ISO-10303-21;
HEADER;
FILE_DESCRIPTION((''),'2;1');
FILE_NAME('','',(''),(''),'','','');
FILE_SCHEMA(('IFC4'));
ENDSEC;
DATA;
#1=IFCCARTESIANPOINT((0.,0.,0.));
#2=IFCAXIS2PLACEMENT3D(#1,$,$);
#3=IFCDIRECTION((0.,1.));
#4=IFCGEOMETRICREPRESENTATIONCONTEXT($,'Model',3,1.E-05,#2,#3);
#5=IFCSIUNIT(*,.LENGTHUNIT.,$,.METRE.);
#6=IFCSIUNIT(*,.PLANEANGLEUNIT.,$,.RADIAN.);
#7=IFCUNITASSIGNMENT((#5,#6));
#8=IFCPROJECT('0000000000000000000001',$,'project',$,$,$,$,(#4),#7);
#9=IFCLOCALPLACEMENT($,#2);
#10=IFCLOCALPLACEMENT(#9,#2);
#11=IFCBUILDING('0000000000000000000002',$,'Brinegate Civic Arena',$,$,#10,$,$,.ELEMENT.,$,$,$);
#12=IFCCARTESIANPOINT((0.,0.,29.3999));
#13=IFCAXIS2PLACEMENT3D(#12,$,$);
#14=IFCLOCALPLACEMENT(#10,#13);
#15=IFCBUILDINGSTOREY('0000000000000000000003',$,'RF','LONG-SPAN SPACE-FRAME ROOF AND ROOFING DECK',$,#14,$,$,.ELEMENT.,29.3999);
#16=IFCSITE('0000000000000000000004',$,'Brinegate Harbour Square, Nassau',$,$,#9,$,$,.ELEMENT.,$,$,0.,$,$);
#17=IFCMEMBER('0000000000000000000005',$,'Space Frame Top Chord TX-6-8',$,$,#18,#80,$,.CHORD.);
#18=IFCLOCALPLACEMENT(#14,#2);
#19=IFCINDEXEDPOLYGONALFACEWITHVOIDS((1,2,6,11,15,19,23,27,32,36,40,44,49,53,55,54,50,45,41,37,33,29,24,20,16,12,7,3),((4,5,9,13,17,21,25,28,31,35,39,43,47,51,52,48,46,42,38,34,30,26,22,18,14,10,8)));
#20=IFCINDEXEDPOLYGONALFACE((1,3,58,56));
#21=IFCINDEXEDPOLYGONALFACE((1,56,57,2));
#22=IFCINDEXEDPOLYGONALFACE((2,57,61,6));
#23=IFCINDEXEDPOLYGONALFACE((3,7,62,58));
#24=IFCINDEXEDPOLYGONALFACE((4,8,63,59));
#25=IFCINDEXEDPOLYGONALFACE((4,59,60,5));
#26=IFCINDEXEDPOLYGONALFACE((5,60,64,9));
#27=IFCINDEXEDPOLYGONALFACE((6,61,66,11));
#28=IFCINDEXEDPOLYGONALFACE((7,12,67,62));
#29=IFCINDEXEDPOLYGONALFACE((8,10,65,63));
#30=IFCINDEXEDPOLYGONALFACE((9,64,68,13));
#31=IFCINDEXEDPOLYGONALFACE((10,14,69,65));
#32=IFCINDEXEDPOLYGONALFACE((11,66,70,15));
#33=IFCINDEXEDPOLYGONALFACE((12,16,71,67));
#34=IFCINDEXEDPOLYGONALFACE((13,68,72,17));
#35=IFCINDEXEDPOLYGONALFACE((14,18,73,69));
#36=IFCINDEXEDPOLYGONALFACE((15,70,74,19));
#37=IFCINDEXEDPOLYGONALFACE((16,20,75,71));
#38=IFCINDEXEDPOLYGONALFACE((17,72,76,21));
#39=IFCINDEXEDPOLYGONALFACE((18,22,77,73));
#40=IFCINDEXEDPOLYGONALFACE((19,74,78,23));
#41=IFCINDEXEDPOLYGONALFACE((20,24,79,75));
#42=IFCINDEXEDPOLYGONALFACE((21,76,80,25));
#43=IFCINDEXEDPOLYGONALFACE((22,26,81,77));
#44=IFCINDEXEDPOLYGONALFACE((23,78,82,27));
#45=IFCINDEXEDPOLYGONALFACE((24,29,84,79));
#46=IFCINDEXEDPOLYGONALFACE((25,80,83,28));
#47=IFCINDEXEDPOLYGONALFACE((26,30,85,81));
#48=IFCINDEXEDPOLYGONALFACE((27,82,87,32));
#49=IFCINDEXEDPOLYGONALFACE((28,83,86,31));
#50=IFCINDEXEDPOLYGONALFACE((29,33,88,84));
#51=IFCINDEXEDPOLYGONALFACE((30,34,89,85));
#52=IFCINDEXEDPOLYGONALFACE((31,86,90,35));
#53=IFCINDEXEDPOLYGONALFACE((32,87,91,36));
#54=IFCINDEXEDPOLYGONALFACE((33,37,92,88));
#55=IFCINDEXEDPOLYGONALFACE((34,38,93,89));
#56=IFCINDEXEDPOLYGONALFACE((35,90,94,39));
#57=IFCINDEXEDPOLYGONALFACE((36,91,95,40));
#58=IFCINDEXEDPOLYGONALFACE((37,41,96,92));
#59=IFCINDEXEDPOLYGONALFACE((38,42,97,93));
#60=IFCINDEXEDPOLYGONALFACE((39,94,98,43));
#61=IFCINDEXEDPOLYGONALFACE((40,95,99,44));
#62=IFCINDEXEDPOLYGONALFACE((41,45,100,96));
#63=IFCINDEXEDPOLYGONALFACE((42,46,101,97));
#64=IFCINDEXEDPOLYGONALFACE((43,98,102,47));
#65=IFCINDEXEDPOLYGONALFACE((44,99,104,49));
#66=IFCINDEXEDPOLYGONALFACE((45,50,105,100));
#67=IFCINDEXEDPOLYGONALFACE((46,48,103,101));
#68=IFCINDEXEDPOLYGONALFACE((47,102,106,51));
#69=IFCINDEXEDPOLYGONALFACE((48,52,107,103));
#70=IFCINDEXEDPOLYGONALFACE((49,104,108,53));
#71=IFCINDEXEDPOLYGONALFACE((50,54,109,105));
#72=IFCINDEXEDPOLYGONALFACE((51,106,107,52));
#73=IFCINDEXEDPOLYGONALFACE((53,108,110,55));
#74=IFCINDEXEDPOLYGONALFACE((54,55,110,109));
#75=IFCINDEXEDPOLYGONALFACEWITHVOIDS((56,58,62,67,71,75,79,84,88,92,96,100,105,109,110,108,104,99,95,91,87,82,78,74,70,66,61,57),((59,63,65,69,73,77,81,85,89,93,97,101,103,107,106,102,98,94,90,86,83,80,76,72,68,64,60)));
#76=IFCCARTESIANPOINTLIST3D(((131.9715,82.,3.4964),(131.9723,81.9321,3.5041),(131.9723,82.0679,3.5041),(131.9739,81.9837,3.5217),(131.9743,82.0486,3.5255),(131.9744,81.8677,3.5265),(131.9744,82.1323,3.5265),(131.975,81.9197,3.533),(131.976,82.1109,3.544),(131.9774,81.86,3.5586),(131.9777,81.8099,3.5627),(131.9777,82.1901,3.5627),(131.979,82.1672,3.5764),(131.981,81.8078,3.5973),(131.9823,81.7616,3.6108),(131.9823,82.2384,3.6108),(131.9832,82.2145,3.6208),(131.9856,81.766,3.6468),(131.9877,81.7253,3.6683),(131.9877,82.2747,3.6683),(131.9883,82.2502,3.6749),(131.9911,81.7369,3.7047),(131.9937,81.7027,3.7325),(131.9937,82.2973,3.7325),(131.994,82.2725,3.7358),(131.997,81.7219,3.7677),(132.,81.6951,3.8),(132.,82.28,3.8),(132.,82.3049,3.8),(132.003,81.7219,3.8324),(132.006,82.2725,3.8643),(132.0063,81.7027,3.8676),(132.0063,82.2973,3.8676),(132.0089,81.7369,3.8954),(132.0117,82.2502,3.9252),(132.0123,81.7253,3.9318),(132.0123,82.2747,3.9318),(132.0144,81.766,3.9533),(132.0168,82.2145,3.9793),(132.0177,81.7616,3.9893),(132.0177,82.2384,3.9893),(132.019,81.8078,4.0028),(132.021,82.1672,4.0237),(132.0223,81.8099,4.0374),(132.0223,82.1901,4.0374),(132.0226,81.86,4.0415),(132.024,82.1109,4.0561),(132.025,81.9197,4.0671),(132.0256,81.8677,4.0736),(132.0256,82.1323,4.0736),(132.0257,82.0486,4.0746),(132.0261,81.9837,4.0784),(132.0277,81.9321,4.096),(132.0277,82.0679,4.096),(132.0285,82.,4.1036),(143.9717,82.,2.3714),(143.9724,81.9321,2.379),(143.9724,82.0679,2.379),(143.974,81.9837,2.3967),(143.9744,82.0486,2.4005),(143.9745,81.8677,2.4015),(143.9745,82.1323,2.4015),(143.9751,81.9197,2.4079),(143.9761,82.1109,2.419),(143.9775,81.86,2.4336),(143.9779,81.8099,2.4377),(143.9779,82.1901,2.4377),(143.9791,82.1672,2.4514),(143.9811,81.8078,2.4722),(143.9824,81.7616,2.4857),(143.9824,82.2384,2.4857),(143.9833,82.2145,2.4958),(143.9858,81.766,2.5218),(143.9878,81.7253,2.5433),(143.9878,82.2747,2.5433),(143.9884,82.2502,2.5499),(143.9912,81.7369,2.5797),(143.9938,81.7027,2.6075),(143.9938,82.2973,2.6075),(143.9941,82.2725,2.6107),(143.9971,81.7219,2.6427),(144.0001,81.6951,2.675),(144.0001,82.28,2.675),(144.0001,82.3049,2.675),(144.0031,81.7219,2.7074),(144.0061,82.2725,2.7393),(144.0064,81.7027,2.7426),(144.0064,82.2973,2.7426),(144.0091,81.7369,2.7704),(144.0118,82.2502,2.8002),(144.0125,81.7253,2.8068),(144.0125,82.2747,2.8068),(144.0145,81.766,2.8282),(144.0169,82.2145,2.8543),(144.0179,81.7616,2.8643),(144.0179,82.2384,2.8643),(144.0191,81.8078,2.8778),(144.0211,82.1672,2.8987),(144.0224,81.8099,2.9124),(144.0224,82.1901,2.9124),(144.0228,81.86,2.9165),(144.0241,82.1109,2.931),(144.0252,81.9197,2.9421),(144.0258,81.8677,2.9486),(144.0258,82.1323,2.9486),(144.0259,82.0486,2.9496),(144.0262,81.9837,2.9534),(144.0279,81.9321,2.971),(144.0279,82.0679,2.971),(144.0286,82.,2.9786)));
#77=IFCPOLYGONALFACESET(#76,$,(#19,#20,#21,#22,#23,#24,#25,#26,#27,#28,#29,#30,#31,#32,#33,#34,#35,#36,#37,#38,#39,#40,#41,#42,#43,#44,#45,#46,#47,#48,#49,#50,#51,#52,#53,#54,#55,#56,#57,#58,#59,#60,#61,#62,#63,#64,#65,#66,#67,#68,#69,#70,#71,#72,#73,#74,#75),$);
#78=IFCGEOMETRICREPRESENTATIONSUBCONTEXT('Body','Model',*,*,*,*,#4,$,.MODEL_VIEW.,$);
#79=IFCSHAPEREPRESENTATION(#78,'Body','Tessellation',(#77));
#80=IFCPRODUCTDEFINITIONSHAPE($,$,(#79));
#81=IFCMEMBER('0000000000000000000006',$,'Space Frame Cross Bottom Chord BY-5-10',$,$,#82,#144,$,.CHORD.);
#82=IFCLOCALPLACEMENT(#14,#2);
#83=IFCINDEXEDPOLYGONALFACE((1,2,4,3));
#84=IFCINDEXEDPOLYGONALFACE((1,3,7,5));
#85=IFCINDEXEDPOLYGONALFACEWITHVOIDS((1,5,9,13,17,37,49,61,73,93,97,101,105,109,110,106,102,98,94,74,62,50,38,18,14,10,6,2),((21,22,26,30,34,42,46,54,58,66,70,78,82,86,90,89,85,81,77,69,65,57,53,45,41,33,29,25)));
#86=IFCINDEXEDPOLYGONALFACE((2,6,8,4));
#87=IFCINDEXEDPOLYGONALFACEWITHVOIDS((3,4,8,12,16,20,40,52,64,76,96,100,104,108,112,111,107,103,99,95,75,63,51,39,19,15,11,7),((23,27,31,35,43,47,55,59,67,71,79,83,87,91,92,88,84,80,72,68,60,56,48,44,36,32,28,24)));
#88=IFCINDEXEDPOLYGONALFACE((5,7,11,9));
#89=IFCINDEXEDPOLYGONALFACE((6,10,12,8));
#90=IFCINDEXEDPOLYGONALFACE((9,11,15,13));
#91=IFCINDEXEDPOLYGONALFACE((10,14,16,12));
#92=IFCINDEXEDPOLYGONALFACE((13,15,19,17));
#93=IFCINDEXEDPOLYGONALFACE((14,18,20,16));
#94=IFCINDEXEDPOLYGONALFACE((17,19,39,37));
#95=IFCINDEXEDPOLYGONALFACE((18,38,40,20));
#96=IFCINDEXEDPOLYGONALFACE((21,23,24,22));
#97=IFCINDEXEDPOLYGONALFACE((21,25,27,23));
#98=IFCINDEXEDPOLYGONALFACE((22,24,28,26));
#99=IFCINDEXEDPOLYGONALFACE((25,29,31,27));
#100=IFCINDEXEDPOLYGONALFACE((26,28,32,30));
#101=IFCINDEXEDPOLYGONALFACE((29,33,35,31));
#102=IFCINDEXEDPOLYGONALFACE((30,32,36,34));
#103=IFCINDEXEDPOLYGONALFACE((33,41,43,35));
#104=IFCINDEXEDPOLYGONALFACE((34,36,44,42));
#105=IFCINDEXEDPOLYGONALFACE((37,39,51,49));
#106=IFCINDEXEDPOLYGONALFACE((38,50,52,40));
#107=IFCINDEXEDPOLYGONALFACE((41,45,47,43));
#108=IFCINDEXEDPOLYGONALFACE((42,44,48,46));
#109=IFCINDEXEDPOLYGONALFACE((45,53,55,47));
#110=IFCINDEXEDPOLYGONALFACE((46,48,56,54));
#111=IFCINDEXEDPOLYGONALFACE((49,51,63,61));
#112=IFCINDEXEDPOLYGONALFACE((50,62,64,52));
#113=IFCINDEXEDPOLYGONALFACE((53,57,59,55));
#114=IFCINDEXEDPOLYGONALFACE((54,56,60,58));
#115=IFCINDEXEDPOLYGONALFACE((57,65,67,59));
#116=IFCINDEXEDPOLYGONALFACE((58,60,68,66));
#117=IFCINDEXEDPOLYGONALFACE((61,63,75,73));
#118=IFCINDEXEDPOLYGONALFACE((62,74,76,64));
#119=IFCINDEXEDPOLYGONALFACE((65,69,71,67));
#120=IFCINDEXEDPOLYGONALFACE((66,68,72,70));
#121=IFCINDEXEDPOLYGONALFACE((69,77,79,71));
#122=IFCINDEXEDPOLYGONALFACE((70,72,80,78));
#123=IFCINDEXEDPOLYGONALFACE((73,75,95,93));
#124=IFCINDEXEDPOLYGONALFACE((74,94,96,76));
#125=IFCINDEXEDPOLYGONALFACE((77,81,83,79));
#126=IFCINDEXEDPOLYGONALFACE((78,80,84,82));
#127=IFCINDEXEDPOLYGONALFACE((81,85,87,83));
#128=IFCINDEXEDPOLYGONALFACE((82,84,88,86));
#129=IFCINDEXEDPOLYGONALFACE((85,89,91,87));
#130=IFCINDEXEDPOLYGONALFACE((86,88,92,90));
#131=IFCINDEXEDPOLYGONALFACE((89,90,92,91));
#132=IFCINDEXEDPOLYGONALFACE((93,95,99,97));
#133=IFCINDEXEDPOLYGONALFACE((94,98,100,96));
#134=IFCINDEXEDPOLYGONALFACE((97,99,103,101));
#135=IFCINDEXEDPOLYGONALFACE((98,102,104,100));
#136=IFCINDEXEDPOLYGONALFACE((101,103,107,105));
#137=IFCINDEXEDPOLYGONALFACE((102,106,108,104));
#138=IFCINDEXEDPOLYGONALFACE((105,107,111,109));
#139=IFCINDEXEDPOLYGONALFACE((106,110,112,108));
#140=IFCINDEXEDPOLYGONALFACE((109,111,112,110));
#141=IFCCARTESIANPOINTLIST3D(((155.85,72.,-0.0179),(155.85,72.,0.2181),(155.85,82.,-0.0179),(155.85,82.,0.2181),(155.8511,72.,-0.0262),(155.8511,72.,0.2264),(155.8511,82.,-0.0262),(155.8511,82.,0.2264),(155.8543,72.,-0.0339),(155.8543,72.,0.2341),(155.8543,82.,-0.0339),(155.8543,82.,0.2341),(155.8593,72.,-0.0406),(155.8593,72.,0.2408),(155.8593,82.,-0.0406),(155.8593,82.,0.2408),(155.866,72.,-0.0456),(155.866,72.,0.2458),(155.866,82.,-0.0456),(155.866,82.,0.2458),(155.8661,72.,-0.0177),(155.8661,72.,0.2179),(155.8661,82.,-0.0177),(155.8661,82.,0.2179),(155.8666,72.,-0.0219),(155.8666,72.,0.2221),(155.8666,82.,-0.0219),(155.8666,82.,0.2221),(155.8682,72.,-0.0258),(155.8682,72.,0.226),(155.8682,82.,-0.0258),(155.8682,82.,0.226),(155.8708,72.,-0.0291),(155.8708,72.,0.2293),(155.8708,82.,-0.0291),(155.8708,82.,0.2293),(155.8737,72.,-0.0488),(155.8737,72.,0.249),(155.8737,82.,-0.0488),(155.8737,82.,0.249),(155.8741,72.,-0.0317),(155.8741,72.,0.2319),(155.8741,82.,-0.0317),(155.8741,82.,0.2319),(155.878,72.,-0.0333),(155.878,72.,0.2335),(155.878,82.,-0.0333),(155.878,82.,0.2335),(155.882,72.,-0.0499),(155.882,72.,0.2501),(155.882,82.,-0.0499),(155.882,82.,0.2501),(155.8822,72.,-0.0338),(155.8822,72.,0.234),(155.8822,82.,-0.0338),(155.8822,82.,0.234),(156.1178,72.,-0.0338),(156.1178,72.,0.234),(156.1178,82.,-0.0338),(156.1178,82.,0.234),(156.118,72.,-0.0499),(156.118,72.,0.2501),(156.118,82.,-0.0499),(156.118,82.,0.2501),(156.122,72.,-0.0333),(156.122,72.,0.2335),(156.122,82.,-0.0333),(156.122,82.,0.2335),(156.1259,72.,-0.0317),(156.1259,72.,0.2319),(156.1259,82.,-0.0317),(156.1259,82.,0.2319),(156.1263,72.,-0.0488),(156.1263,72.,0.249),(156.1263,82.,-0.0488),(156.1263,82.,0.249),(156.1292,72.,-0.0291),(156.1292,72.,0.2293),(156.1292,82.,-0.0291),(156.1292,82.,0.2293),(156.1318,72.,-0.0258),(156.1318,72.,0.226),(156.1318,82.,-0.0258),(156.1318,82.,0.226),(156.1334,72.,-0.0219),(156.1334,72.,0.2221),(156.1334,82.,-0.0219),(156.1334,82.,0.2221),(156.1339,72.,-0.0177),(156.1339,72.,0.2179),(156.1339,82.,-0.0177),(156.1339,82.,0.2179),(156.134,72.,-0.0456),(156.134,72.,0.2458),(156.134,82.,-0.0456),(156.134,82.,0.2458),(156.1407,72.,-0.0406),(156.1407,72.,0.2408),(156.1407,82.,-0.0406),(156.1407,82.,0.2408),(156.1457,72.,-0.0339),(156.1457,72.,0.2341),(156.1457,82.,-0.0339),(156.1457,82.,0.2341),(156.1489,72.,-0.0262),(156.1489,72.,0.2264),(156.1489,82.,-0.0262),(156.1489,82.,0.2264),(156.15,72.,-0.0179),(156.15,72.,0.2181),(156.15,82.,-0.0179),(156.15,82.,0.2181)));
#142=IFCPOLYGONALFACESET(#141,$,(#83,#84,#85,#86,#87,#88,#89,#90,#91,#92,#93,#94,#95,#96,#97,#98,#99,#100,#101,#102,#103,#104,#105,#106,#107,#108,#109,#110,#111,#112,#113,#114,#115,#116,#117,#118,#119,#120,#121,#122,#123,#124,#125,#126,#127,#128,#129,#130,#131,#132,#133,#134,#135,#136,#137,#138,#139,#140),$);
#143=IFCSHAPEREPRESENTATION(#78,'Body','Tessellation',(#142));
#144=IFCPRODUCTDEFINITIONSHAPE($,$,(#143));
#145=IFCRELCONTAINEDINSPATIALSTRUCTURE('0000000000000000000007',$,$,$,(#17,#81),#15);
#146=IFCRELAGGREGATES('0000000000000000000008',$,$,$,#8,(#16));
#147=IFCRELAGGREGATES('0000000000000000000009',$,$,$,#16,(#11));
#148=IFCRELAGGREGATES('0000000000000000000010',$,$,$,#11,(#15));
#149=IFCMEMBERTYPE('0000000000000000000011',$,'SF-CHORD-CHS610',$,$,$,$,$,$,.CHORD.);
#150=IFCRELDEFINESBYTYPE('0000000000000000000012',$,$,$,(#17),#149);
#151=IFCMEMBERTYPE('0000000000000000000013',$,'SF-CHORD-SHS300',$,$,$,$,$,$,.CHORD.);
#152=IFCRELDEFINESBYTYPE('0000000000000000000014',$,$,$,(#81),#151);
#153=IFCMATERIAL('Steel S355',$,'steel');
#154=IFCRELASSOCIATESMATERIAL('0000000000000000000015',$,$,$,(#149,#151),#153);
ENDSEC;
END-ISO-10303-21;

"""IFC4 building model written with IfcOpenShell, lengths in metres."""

from ifc_helpers import new_model, si_unit, direction, frame, origin, origin_2d, place, context, subcontext, project, spatial, hollow_rectangle, hollow_circle, extrude, material, material_profile, profile_set, type_object, element, save


model = new_model("IFC4")

# Units and contexts
model_context = context("Model", 3, precision=1e-05, world=origin(), true_north=direction((0.0, 1.0)))
body_context = subcontext(model_context, "Body", "Model", "MODEL_VIEW")
ifc_project = project(units=[si_unit("LENGTHUNIT", "METRE"), si_unit("PLANEANGLEUNIT", "RADIAN")], contexts=[model_context])

# Site, building, storey
site_placement = place(None, origin())
site = spatial("IfcSite", under=ifc_project, at=site_placement, Name="Brinegate Harbour Square, Nassau", CompositionType="ELEMENT", RefElevation=0.0)
building_placement = place(site_placement, origin())
building = spatial("IfcBuilding", under=site, at=building_placement, Name="Brinegate Civic Arena", CompositionType="ELEMENT")
storey_placement = place(building_placement, frame((0.0, 0.0, 29.3999)))
storey = spatial("IfcBuildingStorey", under=building, at=storey_placement, Name="RF", Description="LONG-SPAN SPACE-FRAME ROOF AND ROOFING DECK", CompositionType="ELEMENT", Elevation=29.3999)

# Shared definitions
ifc_material_1 = material(Name="Steel S355", Category="steel")

# Members
ifc_material_profile_1 = material_profile(ifc_material_1, hollow_circle(Radius=0.3049, WallThickness=0.0249, at=origin_2d()), Name="CHS610X25")
ifc_profile_set_1 = profile_set([ifc_material_profile_1], Name="Steel S355")
member_type_1 = type_object("IfcMemberType", Name="SF-CHORD-CHS610", PredefinedType="CHORD", material=ifc_profile_set_1)
member_1_placement = place(storey_placement, frame((132.0, 82.0, 3.8), z_axis=(0.995634, 0.0, -0.093341), x_axis=(0.0, 1.0, 0.0)))
element("IfcMember", 1, at=member_1_placement, inside=storey, type_object=member_type_1, Name="Space Frame Top Chord TX-6-8", PredefinedType="CHORD", context=body_context, shape_type="SweptSolid", body=[
    extrude(hollow_circle(Radius=0.3049, WallThickness=0.0249, at=origin_2d()), origin(), (0.0, 0.0, 1.0), 12.0527),
])
ifc_material_profile_2 = material_profile(ifc_material_1, hollow_rectangle(XDim=0.3, YDim=0.3, WallThickness=0.0161, InnerFilletRadius=0.0161, OuterFilletRadius=0.032, at=origin_2d()), Name="SHS300X16")
ifc_profile_set_2 = profile_set([ifc_material_profile_2], Name="Steel S355")
member_type_2 = type_object("IfcMemberType", Name="SF-CHORD-SHS300", PredefinedType="CHORD", material=ifc_profile_set_2)
member_2_placement = place(storey_placement, frame((156.0, 72.0, 0.1001), z_axis=(0.0, 1.0, 0.0), x_axis=(-1.0, 0.0, 0.0)))
element("IfcMember", 2, at=member_2_placement, inside=storey, type_object=member_type_2, Name="Space Frame Cross Bottom Chord BY-5-10", PredefinedType="CHORD", context=body_context, shape_type="SweptSolid", body=[
    extrude(hollow_rectangle(XDim=0.3, YDim=0.3, WallThickness=0.0161, InnerFilletRadius=0.0161, OuterFilletRadius=0.032, at=origin_2d()), origin(), (0.0, 0.0, 1.0), 10.0),
])

save(model, "model.ifc")
